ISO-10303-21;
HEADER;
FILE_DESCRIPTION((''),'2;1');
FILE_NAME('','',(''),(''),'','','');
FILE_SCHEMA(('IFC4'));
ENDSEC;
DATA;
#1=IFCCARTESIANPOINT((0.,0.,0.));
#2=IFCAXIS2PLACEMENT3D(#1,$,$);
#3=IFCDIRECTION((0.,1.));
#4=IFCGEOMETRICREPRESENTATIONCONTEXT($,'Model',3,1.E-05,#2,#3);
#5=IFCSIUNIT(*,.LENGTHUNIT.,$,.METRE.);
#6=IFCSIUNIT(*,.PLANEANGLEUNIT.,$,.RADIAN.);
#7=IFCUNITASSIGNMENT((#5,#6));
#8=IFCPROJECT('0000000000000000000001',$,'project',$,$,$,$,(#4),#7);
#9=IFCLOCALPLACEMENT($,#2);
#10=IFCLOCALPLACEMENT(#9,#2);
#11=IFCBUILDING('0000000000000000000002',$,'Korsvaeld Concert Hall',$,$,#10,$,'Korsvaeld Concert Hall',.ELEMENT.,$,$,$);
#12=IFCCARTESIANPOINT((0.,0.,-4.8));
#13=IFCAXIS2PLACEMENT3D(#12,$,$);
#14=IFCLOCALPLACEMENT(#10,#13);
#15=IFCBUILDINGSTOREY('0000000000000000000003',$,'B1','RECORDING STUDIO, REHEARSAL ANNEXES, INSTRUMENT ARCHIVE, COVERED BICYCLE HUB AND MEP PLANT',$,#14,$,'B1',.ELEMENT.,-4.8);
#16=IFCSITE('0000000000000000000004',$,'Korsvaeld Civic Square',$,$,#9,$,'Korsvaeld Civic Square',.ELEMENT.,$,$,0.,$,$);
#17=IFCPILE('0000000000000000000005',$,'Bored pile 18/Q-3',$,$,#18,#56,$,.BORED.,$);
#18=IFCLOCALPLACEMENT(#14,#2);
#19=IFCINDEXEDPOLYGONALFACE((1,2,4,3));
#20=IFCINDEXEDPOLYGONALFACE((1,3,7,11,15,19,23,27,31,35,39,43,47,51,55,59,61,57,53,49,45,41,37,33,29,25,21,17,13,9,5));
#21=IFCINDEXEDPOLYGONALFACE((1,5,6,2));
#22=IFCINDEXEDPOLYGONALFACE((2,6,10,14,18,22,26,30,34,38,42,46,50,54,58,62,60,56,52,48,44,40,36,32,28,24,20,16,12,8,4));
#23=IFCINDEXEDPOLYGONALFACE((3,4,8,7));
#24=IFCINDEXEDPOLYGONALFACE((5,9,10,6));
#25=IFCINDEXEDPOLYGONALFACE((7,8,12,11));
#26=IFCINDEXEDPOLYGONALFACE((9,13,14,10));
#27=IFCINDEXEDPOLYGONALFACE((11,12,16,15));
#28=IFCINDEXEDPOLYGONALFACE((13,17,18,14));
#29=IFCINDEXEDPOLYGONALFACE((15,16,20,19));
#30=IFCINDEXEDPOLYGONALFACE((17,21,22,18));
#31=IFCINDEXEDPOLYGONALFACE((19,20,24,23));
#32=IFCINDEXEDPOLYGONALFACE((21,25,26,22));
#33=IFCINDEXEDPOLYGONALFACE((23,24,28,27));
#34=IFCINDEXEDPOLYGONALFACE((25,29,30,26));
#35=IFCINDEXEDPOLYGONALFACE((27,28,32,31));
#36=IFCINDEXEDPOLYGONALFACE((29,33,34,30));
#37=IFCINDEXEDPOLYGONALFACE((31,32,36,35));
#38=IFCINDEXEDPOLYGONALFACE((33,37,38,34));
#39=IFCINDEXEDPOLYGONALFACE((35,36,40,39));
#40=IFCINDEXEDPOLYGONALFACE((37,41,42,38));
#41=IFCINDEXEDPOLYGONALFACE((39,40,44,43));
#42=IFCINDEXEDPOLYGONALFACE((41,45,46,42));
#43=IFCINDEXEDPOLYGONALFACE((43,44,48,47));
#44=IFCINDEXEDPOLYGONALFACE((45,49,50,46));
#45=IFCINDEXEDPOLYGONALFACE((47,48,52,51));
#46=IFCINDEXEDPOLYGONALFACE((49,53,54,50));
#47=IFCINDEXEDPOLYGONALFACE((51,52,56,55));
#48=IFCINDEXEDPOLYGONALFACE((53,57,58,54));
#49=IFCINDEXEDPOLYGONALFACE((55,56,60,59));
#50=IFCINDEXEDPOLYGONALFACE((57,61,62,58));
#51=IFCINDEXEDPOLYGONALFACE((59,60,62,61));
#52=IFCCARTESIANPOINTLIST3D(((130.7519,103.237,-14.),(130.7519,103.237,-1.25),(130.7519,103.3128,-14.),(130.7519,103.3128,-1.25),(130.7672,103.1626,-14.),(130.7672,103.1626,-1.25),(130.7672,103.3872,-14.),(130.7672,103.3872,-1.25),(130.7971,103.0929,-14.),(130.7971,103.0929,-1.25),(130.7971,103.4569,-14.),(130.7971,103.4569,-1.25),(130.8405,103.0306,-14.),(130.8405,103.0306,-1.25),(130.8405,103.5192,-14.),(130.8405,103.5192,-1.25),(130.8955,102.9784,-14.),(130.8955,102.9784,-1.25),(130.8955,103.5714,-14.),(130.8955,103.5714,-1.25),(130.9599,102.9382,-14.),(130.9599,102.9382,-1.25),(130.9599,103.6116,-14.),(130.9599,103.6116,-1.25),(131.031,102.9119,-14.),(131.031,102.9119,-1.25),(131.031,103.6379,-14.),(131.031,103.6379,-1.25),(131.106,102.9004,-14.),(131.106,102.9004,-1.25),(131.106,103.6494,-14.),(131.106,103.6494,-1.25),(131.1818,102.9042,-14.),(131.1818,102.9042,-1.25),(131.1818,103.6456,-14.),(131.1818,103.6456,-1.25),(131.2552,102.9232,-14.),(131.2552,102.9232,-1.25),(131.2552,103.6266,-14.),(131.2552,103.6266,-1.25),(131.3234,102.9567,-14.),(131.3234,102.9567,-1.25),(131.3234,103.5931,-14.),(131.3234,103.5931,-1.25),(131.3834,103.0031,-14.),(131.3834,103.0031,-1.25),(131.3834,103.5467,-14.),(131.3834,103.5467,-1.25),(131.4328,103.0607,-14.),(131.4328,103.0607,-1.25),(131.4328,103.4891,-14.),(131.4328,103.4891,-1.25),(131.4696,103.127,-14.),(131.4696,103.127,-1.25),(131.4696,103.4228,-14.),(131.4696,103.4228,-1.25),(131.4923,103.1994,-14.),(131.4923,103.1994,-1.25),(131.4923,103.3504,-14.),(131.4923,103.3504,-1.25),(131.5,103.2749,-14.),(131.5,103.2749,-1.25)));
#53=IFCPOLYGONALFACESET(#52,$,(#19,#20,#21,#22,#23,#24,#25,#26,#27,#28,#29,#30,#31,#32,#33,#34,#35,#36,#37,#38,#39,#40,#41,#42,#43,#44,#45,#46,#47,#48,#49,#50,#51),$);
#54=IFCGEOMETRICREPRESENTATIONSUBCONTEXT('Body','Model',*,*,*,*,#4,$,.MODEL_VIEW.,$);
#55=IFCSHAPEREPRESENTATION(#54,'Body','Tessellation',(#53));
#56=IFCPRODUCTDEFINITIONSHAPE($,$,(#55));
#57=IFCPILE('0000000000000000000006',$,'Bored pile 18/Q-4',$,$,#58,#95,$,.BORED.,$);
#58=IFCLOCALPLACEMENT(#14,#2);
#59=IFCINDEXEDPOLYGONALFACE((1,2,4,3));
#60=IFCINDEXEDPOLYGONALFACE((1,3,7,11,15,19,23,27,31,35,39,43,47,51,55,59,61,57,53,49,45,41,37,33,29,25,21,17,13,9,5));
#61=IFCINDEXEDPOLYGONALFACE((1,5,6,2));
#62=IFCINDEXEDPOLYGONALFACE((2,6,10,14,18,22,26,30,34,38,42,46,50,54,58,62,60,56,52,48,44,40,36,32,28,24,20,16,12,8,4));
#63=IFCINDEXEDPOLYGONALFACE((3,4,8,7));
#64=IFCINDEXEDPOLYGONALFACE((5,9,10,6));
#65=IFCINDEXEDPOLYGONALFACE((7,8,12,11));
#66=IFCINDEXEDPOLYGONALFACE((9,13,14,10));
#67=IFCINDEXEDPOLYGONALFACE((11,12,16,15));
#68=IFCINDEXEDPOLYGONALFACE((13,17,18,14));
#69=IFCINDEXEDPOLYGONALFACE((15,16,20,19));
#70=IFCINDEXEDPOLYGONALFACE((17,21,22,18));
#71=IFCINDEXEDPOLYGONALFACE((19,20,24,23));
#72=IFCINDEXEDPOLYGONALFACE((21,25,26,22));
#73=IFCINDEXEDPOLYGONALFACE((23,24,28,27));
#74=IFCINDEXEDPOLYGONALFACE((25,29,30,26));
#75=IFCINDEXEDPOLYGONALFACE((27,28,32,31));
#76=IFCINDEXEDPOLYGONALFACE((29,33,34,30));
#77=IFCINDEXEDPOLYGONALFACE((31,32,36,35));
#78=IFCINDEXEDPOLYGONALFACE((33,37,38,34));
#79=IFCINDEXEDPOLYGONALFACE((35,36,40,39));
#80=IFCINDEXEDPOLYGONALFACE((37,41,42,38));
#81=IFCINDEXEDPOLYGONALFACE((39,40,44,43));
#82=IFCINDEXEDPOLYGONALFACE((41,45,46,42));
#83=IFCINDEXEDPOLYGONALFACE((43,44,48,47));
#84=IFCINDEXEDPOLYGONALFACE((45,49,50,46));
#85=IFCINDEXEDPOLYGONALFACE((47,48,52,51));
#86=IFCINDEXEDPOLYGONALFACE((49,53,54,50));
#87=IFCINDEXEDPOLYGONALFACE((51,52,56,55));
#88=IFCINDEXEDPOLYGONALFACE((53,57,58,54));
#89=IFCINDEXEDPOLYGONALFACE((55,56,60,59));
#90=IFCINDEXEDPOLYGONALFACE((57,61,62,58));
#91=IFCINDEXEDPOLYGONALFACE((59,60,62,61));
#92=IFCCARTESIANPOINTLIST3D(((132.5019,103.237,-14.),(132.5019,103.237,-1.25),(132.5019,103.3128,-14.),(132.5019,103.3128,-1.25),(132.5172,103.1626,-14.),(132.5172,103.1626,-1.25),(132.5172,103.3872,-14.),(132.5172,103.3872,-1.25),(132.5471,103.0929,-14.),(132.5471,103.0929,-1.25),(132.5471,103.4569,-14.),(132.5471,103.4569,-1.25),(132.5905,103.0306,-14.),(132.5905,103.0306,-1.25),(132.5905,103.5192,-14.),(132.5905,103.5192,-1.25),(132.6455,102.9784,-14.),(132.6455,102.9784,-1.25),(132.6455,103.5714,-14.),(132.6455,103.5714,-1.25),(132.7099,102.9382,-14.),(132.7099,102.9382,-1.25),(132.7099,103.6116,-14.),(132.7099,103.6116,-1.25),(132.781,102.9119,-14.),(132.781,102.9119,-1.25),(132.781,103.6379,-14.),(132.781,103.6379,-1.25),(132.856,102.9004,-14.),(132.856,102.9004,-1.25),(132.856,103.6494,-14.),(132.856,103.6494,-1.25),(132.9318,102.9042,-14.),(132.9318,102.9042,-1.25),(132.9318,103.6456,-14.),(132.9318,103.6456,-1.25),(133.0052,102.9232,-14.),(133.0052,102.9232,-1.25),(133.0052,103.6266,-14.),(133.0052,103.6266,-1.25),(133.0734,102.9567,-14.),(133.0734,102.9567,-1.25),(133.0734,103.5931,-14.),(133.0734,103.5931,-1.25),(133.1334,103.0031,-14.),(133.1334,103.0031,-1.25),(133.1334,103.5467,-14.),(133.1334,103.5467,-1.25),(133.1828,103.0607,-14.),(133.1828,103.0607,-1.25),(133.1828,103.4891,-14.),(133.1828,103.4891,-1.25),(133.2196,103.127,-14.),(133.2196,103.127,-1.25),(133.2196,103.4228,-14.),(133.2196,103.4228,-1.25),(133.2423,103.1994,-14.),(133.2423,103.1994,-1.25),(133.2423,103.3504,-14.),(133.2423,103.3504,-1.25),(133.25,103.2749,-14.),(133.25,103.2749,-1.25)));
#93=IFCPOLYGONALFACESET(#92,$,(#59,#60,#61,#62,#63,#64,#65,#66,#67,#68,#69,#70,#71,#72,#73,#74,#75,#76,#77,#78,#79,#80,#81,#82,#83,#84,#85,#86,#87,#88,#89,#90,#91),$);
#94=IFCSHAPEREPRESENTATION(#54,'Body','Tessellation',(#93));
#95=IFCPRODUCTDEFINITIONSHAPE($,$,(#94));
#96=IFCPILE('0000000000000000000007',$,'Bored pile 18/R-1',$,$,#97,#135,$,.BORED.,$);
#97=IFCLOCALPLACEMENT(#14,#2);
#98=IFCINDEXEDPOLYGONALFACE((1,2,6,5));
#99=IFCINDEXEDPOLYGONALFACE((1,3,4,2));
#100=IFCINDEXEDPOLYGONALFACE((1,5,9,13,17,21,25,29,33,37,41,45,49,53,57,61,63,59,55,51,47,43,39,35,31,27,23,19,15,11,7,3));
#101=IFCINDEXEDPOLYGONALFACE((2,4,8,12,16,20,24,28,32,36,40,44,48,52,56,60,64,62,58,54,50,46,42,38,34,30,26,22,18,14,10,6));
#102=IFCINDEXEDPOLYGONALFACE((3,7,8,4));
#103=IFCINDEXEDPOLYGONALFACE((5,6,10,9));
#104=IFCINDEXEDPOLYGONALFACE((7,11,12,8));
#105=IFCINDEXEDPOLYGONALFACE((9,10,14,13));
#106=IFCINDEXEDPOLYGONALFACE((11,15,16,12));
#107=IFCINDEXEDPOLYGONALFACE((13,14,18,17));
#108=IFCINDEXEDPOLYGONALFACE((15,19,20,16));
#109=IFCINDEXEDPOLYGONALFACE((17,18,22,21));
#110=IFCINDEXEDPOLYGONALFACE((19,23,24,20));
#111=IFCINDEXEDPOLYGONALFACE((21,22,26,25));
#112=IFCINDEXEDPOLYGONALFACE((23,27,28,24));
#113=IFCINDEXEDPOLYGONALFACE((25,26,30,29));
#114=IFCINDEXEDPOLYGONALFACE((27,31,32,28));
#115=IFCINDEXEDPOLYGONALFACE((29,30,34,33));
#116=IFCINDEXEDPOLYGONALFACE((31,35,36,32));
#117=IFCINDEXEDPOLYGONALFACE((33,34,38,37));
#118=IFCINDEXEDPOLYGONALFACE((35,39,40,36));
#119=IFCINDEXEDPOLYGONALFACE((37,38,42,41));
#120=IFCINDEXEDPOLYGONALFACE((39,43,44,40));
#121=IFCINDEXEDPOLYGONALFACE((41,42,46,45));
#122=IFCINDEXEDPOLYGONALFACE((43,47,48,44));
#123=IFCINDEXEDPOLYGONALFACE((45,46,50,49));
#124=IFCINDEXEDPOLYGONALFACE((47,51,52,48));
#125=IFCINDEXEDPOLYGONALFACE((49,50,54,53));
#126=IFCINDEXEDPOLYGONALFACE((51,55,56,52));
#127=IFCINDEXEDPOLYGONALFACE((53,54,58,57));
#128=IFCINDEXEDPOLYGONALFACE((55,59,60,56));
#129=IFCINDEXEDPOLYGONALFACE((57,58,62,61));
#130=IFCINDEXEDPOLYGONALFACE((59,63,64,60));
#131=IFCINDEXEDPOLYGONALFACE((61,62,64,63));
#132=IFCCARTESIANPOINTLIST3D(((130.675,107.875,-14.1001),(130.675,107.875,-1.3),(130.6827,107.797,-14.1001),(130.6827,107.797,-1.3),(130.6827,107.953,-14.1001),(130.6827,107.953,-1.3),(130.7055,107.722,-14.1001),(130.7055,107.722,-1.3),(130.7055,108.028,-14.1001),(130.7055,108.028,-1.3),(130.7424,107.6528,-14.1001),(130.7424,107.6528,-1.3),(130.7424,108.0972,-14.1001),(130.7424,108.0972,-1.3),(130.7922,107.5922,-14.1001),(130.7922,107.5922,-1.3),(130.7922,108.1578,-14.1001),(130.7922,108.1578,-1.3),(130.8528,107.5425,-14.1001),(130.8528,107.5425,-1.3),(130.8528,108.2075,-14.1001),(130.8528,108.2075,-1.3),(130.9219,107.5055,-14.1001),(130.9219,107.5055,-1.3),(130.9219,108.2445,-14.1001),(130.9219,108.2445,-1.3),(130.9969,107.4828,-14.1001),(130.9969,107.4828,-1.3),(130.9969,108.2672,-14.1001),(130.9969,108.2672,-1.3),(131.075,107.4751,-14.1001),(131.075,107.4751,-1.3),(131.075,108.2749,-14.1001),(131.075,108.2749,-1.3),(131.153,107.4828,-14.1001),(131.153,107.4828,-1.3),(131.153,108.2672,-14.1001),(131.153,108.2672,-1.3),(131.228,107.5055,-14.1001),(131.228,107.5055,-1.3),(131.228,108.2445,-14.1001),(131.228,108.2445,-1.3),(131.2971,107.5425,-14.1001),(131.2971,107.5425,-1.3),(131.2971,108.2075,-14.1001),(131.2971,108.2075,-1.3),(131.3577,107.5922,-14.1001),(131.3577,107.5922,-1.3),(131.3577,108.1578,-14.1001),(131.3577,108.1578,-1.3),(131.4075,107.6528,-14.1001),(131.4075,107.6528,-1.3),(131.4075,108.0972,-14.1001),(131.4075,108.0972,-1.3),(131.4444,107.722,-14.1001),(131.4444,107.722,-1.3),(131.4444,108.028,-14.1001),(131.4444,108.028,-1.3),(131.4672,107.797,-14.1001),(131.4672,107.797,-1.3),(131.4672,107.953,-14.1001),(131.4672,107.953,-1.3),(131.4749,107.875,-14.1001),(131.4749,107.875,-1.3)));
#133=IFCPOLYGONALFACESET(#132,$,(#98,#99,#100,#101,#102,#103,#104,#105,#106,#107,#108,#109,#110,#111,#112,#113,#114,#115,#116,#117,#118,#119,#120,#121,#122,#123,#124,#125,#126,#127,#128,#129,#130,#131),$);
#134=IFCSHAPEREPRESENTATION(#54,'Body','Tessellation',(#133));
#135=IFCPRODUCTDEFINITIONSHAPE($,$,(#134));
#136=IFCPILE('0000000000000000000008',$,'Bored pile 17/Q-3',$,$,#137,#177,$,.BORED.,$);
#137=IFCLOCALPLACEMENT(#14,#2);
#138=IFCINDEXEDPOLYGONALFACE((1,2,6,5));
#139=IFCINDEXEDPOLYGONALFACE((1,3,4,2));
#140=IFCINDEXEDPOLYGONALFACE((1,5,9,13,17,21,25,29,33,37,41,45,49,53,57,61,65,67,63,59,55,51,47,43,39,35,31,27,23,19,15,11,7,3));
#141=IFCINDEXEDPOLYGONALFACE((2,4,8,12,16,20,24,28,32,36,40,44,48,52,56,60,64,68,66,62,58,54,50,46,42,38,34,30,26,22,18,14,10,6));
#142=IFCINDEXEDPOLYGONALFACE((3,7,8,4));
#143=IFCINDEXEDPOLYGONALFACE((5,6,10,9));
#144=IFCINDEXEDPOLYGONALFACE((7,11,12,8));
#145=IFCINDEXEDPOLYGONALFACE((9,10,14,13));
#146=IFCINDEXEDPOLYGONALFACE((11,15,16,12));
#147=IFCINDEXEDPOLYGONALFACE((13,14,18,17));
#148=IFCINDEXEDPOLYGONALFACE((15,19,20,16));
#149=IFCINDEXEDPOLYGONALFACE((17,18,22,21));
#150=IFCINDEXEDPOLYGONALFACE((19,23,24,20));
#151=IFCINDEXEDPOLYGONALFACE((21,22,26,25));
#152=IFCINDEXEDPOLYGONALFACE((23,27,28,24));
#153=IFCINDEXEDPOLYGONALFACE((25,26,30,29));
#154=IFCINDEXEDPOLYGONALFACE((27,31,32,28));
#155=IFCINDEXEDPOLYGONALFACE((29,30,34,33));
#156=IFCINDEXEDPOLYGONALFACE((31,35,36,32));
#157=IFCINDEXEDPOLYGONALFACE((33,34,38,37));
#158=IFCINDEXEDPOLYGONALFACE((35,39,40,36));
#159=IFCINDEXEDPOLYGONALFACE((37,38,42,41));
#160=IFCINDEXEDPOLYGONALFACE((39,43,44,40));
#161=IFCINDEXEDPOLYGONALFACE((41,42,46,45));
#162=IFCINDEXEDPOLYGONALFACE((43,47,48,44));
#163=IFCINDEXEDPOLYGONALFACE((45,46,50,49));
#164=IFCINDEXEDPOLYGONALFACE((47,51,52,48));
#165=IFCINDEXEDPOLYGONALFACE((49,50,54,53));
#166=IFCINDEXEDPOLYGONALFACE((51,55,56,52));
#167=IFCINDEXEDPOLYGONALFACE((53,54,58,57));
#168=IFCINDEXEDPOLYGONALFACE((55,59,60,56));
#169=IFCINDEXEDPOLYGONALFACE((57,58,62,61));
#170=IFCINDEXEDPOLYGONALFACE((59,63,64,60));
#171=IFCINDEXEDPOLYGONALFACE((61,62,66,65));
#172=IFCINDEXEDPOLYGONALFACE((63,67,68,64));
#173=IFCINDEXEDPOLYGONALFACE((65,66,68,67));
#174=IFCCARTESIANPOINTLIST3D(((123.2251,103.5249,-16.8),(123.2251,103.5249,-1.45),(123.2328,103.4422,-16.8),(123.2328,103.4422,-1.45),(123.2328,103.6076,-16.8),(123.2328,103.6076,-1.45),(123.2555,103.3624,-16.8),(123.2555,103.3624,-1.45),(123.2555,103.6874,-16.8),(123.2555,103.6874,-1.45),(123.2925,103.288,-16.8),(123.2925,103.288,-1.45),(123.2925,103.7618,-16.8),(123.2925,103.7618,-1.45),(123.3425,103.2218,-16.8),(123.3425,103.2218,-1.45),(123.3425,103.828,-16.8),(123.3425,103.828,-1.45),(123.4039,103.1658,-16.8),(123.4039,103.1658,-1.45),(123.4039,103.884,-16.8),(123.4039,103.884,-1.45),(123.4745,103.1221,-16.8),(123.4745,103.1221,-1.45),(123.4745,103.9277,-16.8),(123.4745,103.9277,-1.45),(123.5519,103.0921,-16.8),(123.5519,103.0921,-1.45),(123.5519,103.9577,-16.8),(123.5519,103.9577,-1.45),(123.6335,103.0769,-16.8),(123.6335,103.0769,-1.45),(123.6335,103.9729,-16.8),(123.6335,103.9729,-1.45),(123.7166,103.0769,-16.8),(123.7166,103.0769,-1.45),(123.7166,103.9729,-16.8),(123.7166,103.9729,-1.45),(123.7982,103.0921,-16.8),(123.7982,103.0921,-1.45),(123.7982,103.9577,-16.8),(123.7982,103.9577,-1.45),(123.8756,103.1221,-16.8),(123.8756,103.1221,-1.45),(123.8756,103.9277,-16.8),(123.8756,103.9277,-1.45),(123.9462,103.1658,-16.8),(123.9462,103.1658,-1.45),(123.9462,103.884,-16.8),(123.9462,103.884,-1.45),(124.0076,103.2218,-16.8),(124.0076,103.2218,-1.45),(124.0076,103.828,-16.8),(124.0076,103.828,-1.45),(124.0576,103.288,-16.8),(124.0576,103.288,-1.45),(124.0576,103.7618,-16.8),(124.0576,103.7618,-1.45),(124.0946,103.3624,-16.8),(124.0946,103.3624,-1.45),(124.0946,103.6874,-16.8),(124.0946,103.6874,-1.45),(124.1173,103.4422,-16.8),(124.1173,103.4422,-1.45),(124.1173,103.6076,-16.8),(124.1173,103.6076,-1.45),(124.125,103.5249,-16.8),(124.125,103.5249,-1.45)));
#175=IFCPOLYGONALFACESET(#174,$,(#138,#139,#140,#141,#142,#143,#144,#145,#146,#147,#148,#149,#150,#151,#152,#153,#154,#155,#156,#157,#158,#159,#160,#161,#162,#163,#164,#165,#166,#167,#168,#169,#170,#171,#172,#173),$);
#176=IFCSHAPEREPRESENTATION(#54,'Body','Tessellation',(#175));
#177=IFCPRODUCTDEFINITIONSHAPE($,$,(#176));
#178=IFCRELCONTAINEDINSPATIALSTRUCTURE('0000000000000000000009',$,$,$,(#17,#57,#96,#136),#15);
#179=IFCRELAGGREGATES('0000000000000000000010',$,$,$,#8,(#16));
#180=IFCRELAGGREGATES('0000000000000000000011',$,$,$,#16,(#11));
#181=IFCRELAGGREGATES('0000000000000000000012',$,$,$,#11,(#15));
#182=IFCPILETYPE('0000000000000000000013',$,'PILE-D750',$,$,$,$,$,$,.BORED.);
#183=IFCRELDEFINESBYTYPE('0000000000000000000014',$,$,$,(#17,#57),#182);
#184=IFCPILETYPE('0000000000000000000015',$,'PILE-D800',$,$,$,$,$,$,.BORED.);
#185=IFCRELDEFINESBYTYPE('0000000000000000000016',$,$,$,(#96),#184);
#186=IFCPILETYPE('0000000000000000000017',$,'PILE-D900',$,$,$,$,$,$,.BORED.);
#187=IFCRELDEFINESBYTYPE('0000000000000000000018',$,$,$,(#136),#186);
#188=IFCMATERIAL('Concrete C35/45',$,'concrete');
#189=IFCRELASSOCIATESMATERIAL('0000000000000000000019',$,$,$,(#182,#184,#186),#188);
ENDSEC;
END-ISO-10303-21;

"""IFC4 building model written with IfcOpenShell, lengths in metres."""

from ifc_helpers import new_model, si_unit, direction, frame, origin, origin_2d, place, context, subcontext, project, spatial, circle, extrude, material, material_profile, profile_set, type_object, element, save


model = new_model("IFC4")

# Units and contexts
model_context = context("Model", 3, precision=1e-05, world=origin(), true_north=direction((0.0, 1.0)))
body_context = subcontext(model_context, "Body", "Model", "MODEL_VIEW")
ifc_project = project(units=[si_unit("LENGTHUNIT", "METRE"), si_unit("PLANEANGLEUNIT", "RADIAN")], contexts=[model_context])

# Site, building, storey
site_placement = place(None, origin())
site = spatial("IfcSite", under=ifc_project, at=site_placement, Name="Korsvaeld Civic Square", LongName="Korsvaeld Civic Square", CompositionType="ELEMENT", RefElevation=0.0)
building_placement = place(site_placement, origin())
building = spatial("IfcBuilding", under=site, at=building_placement, Name="Korsvaeld Concert Hall", LongName="Korsvaeld Concert Hall", CompositionType="ELEMENT")
storey_placement = place(building_placement, frame((0.0, 0.0, -4.8)))
storey = spatial("IfcBuildingStorey", under=building, at=storey_placement, Name="B1", Description="RECORDING STUDIO, REHEARSAL ANNEXES, INSTRUMENT ARCHIVE, COVERED BICYCLE HUB AND MEP PLANT", LongName="B1", CompositionType="ELEMENT", Elevation=-4.8)

# Shared definitions
ifc_material_1 = material(Name="Concrete C35/45", Category="concrete")

# Piles
ifc_material_profile_1 = material_profile(ifc_material_1, circle(Radius=0.375, at=origin_2d()), Name="BORED PILE D750")
ifc_profile_set_1 = profile_set([ifc_material_profile_1], Name="Concrete C35/45")
pile_type_1 = type_object("IfcPileType", Name="PILE-D750", PredefinedType="BORED", material=ifc_profile_set_1)
for number, where, z_axis, x_axis, name in (
    (1, (131.125, 103.2749, -1.25), (0.0, 0.0, -1.0), (1.0, 0.0, 0.0), "Bored pile 18/Q-3"),
    (2, (132.875, 103.2749, -1.25), (0.0, 0.0, -1.0), (1.0, 0.0, 0.0), "Bored pile 18/Q-4"),
):
    element("IfcPile", number, at=place(storey_placement, frame(where, z_axis=z_axis, x_axis=x_axis)), inside=storey, type_object=pile_type_1, Name=name, PredefinedType="BORED", context=body_context, shape_type="SweptSolid", body=[
        extrude(circle(Radius=0.375, at=origin_2d()), origin(), (0.0, 0.0, 1.0), 12.75),
    ])
ifc_material_profile_2 = material_profile(ifc_material_1, circle(Radius=0.3999, at=origin_2d()), Name="BORED PILE D800")
ifc_profile_set_2 = profile_set([ifc_material_profile_2], Name="Concrete C35/45")
pile_type_2 = type_object("IfcPileType", Name="PILE-D800", PredefinedType="BORED", material=ifc_profile_set_2)
pile_placement = place(storey_placement, frame((131.075, 107.875, -1.3), z_axis=(0.0, 0.0, -1.0), x_axis=(1.0, 0.0, 0.0)))
element("IfcPile", 3, at=pile_placement, inside=storey, type_object=pile_type_2, Name="Bored pile 18/R-1", PredefinedType="BORED", context=body_context, shape_type="SweptSolid", body=[
    extrude(circle(Radius=0.3999, at=origin_2d()), origin(), (0.0, 0.0, 1.0), 12.8),
])
ifc_material_profile_3 = material_profile(ifc_material_1, circle(Radius=0.45, at=origin_2d()), Name="BORED PILE D900")
ifc_profile_set_3 = profile_set([ifc_material_profile_3], Name="Concrete C35/45")
pile_type_3 = type_object("IfcPileType", Name="PILE-D900", PredefinedType="BORED", material=ifc_profile_set_3)
for number, where, z_axis, x_axis, name in (
    (4, (123.675, 103.5249, -1.45), (0.0, 0.0, -1.0), (1.0, 0.0, 0.0), "Bored pile 17/Q-3"),
):
    element("IfcPile", number, at=place(storey_placement, frame(where, z_axis=z_axis, x_axis=x_axis)), inside=storey, type_object=pile_type_3, Name=name, PredefinedType="BORED", context=body_context, shape_type="SweptSolid", body=[
        extrude(circle(Radius=0.45, at=origin_2d()), origin(), (0.0, 0.0, 1.0), 15.3501),
    ])

save(model, "model.ifc")
